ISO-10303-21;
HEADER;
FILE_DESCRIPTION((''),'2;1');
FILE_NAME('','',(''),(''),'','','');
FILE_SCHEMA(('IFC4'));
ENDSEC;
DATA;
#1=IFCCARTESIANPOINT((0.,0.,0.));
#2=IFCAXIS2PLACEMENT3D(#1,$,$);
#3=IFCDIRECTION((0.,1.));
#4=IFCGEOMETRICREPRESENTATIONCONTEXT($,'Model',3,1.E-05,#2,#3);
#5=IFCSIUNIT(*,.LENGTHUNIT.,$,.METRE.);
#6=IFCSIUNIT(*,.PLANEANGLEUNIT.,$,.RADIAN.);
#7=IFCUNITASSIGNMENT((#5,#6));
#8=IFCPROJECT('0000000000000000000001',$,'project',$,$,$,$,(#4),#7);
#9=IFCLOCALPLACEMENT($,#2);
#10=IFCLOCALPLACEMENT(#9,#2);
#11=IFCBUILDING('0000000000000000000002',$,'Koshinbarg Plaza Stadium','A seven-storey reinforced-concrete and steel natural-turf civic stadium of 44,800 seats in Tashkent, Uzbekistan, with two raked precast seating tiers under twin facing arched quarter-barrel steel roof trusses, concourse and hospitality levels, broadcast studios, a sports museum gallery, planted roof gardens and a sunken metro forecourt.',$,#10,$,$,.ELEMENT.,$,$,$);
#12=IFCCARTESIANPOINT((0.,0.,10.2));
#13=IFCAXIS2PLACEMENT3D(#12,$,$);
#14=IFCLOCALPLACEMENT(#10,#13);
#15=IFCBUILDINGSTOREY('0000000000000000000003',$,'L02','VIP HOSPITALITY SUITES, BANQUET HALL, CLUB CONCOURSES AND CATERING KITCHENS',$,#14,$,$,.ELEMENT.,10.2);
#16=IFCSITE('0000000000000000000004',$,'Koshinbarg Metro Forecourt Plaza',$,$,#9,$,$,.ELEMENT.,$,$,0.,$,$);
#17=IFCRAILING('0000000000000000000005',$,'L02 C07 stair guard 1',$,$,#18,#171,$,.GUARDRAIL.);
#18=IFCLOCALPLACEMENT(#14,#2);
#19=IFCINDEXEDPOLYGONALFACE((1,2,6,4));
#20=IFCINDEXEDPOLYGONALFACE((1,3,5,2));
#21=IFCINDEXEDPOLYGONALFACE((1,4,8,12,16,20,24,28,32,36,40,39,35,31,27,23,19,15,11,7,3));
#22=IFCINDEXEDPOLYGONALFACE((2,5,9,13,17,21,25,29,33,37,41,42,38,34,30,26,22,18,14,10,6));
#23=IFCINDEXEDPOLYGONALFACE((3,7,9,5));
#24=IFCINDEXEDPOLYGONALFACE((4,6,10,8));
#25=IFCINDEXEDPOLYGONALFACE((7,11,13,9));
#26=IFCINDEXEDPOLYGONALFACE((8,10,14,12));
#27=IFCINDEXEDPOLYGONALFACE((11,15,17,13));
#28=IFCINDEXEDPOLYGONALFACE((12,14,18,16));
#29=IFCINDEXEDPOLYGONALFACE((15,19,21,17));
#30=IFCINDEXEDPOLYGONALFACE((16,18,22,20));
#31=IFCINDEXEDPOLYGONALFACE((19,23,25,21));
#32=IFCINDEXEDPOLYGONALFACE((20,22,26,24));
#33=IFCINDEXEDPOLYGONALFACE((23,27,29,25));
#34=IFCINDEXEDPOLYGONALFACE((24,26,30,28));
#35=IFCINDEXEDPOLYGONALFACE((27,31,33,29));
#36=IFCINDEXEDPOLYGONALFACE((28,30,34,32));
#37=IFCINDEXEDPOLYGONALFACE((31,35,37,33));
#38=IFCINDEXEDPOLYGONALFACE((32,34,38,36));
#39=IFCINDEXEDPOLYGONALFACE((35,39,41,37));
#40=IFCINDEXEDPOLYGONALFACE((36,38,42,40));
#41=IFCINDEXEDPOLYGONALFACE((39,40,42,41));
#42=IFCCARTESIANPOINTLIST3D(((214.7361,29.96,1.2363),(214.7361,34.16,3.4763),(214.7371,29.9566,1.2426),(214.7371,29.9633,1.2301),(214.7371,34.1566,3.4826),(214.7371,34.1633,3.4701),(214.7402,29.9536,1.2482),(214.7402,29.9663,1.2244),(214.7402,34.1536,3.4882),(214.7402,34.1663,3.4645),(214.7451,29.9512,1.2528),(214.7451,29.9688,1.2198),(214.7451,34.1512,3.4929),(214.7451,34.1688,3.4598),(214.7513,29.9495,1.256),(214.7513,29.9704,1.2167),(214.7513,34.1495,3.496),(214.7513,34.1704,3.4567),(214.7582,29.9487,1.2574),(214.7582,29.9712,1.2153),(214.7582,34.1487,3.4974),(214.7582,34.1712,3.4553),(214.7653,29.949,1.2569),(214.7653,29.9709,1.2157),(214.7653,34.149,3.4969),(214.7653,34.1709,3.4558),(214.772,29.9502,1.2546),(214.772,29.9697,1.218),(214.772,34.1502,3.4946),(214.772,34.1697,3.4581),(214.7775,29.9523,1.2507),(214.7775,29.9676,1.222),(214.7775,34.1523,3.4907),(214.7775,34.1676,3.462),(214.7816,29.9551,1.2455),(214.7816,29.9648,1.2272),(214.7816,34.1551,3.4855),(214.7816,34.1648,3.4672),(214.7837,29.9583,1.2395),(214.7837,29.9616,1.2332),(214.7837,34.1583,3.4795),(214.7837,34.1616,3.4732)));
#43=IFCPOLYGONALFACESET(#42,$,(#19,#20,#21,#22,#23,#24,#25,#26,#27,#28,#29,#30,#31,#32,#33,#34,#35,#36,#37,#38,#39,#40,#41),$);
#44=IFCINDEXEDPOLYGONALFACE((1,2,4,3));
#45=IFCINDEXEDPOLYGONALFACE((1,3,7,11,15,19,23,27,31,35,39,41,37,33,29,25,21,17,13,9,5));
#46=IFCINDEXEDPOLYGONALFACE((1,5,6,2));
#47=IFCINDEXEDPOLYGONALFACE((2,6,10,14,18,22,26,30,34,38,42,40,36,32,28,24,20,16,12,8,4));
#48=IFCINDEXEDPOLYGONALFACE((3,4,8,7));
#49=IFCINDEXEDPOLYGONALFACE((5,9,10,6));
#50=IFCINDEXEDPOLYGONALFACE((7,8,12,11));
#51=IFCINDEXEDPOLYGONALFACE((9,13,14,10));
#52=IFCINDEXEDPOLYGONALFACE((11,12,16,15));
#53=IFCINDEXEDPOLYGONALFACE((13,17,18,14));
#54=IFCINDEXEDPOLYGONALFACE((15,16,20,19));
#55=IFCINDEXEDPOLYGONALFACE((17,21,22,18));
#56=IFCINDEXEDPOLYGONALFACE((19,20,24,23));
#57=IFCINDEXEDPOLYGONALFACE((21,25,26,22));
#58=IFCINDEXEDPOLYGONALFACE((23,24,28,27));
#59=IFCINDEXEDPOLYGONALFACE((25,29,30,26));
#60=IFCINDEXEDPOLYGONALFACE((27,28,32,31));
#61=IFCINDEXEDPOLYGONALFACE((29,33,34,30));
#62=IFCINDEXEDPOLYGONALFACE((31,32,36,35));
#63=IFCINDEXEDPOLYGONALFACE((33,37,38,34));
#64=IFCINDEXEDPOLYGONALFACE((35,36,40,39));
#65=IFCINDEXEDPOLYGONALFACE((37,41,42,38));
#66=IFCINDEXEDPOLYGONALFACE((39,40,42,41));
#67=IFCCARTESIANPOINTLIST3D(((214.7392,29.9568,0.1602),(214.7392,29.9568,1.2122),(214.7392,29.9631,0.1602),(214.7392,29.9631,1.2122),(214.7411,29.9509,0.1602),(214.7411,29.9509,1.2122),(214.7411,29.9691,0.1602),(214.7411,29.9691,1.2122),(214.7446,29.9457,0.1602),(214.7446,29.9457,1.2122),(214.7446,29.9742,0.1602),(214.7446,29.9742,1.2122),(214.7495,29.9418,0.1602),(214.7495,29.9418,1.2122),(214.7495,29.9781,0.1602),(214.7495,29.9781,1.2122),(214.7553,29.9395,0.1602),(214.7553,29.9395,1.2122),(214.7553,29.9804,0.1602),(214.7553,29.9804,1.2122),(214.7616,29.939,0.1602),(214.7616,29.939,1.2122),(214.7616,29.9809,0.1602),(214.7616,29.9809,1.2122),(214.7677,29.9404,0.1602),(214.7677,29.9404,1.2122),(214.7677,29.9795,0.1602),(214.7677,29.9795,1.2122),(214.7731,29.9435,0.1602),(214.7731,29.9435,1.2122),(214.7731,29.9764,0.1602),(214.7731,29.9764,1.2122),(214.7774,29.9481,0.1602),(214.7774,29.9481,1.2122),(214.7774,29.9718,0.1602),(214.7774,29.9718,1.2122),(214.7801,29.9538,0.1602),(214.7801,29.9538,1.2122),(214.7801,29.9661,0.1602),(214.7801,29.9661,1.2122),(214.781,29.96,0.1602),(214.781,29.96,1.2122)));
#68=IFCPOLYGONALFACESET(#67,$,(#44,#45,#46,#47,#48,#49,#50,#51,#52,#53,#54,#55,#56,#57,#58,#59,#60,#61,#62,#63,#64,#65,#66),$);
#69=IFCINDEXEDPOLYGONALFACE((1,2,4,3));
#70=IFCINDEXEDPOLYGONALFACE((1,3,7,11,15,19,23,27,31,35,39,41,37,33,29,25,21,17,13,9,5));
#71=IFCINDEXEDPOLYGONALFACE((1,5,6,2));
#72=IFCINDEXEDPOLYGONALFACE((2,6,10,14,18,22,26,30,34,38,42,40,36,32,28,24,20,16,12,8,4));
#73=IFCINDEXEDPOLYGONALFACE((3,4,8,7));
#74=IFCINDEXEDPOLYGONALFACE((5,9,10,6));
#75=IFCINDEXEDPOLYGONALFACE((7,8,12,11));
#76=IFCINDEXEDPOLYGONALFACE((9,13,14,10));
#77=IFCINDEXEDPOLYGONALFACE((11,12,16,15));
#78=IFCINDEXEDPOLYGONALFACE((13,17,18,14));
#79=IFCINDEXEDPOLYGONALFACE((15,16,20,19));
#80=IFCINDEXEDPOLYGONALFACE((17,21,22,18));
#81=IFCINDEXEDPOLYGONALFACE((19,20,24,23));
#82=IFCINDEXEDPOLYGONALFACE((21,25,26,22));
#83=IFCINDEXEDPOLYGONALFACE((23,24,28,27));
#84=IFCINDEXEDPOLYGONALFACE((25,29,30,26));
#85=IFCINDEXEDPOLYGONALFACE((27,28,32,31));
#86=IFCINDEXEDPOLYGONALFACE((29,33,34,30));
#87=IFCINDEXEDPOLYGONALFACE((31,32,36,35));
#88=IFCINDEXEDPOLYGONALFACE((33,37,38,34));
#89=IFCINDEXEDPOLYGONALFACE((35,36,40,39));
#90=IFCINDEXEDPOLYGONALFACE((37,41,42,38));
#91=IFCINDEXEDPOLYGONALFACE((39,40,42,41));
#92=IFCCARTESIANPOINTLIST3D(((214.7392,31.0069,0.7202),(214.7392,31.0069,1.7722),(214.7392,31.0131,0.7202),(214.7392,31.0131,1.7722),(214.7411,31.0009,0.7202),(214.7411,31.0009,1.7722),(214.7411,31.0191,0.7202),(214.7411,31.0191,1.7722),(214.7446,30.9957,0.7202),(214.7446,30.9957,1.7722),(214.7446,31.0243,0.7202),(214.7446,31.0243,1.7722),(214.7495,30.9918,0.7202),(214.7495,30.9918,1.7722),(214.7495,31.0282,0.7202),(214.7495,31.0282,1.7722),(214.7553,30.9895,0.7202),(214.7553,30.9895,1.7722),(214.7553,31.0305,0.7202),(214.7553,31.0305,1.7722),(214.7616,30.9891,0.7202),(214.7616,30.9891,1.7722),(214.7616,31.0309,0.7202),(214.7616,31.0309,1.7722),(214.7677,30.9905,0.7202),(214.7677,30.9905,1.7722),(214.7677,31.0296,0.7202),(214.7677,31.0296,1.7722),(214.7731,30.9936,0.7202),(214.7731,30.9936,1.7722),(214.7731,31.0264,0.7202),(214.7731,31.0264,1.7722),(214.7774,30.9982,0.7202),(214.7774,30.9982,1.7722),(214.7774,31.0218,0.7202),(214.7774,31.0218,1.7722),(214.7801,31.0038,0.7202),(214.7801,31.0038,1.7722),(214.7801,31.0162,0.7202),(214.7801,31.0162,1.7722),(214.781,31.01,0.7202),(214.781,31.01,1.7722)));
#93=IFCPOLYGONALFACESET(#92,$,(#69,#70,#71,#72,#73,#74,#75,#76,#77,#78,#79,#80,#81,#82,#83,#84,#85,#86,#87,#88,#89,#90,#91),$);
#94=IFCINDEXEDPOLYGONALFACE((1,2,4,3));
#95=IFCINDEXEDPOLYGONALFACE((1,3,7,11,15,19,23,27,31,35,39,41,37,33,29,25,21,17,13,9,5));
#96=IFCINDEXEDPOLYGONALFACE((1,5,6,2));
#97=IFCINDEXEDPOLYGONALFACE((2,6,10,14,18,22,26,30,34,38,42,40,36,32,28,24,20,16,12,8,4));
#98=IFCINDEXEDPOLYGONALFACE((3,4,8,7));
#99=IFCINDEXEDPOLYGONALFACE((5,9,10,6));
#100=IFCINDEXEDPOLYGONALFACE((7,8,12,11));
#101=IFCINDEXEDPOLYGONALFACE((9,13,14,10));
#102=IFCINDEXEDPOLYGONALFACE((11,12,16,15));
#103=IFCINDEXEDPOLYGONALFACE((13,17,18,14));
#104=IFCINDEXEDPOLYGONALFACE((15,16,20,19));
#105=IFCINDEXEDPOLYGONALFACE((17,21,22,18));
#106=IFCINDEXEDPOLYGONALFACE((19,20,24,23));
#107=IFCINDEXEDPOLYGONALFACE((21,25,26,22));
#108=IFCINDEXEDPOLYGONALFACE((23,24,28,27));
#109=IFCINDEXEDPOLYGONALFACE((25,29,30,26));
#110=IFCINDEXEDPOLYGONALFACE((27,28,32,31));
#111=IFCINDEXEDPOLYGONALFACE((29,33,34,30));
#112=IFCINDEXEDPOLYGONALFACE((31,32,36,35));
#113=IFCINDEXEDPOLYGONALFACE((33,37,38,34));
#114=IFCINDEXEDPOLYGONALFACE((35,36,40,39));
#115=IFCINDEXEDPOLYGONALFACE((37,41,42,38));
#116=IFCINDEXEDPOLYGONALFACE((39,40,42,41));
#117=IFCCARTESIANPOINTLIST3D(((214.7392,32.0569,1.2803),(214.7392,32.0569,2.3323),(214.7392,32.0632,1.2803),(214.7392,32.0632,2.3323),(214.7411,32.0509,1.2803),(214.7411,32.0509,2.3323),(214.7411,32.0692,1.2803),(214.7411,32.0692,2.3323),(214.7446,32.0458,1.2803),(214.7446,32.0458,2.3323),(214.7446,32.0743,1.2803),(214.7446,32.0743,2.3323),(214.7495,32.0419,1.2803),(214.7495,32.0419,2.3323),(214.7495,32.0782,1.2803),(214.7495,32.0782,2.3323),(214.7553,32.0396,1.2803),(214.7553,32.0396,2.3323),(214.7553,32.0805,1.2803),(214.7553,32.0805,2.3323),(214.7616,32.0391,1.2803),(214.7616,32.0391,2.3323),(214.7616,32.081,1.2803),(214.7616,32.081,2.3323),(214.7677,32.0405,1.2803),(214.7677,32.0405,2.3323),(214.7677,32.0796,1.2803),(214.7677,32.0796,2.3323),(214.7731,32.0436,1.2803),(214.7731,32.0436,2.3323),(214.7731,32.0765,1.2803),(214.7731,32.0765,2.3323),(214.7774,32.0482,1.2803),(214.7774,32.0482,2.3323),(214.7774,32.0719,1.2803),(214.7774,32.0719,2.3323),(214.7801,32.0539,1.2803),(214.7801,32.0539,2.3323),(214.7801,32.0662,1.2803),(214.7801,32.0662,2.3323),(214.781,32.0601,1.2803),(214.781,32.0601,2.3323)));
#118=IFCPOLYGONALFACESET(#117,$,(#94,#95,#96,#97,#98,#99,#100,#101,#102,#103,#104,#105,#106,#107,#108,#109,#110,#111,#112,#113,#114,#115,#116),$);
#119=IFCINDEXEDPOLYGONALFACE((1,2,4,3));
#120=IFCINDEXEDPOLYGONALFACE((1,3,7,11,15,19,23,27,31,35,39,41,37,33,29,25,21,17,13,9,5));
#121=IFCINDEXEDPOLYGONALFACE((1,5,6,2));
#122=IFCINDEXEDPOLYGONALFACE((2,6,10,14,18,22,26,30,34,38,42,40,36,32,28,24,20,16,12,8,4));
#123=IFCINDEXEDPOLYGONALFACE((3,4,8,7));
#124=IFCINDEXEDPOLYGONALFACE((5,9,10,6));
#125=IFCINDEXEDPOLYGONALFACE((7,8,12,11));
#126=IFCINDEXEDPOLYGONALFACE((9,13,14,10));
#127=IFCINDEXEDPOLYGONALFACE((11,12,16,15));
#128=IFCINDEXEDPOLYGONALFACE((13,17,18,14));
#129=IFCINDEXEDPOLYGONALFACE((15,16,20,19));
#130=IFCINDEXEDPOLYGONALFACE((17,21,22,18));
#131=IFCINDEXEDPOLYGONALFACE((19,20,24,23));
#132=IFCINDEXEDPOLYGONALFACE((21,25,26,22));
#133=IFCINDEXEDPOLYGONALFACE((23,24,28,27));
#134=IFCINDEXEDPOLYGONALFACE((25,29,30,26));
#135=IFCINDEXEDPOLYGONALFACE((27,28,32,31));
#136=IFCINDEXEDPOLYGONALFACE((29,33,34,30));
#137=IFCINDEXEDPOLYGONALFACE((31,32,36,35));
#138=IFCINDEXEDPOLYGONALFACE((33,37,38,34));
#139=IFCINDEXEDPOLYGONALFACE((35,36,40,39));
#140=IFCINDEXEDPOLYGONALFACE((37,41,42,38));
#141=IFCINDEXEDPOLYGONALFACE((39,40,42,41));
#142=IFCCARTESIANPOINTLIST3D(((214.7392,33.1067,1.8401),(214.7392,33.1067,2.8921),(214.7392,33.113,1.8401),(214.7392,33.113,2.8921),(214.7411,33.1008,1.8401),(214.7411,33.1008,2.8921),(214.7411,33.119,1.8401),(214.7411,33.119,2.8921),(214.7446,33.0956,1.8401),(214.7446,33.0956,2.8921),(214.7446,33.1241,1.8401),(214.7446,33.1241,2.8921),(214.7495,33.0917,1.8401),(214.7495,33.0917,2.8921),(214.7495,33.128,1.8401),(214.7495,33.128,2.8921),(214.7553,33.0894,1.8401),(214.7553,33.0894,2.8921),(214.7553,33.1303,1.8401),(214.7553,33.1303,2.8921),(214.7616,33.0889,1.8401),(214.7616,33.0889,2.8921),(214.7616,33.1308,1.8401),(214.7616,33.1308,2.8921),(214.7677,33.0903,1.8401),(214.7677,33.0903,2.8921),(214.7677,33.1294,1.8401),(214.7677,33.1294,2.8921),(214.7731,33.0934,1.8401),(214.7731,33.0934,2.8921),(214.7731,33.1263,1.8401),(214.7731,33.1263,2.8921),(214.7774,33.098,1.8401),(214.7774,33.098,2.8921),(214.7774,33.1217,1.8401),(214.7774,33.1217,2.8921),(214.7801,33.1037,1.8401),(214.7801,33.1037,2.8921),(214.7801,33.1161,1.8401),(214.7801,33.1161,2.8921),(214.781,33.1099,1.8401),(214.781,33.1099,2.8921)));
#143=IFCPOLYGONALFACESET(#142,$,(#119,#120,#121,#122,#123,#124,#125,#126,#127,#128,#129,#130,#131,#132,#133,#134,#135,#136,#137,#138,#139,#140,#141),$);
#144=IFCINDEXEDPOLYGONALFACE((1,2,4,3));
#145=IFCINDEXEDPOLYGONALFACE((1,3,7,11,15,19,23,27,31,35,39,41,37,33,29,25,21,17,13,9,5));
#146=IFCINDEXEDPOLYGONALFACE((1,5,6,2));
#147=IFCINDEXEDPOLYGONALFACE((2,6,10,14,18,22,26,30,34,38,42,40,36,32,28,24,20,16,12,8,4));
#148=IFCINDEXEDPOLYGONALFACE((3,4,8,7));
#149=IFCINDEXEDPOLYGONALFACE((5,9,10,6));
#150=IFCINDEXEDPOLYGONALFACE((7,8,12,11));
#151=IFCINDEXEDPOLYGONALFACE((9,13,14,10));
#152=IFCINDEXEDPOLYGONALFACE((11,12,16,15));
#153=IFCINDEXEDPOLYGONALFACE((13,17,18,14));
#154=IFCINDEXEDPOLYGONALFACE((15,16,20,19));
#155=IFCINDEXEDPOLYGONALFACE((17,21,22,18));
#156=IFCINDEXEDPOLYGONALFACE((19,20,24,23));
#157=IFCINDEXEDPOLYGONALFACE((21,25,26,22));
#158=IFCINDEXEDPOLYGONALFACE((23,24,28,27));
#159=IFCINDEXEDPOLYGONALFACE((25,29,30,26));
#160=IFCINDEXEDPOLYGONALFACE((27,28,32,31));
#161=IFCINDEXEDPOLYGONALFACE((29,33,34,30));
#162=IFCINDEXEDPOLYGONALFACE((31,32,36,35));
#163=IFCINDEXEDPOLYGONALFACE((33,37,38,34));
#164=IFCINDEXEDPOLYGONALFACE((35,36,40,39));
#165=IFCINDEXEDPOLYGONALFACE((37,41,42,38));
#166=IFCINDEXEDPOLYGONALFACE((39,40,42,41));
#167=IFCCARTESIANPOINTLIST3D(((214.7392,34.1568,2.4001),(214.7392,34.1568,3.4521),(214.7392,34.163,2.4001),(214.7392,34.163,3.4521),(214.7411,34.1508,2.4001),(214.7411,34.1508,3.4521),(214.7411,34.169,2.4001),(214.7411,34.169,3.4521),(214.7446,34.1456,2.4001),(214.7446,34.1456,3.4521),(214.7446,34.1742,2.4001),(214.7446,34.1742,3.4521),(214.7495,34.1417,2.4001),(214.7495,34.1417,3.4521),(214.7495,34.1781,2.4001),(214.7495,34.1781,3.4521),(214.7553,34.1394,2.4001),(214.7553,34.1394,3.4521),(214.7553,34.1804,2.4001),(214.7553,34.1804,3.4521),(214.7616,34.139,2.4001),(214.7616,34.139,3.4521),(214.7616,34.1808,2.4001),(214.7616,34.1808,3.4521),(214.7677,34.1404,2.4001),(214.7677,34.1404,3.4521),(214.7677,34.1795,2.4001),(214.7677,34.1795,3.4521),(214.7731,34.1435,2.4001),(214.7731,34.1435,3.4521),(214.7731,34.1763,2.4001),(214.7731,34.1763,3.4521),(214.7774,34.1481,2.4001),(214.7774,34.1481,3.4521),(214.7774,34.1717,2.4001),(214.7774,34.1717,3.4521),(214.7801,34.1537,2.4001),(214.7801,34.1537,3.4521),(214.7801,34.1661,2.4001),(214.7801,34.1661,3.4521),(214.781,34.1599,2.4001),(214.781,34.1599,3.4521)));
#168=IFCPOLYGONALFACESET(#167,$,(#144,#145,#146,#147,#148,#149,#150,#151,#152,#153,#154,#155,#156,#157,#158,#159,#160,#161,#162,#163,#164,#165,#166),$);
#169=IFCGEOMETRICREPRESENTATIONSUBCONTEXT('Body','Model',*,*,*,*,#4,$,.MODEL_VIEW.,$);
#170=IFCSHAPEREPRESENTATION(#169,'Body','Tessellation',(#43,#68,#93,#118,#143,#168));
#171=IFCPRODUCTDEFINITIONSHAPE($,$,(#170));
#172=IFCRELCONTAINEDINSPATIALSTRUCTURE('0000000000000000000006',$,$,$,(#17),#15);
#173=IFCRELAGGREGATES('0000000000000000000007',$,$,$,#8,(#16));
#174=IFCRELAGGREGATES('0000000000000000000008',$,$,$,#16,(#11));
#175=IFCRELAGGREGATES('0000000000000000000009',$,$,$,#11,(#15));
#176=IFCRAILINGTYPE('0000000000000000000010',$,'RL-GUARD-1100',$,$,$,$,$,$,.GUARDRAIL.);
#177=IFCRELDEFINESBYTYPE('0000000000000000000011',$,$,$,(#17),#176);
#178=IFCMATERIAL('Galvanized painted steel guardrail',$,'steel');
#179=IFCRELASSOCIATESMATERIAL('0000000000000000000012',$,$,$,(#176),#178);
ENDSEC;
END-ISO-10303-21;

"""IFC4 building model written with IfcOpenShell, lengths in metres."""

from ifc_helpers import new_model, si_unit, direction, frame, origin, origin_2d, place, context, subcontext, project, spatial, circle, extrude, material, type_object, element, save


model = new_model("IFC4")

# Units and contexts
model_context = context("Model", 3, precision=1e-05, world=origin(), true_north=direction((0.0, 1.0)))
body_context = subcontext(model_context, "Body", "Model", "MODEL_VIEW")
ifc_project = project(units=[si_unit("LENGTHUNIT", "METRE"), si_unit("PLANEANGLEUNIT", "RADIAN")], contexts=[model_context])

# Site, building, storey
site_placement = place(None, origin())
site = spatial("IfcSite", under=ifc_project, at=site_placement, Name="Koshinbarg Metro Forecourt Plaza", CompositionType="ELEMENT", RefElevation=0.0)
building_placement = place(site_placement, origin())
building = spatial("IfcBuilding", under=site, at=building_placement, Name="Koshinbarg Plaza Stadium", Description="A seven-storey reinforced-concrete and steel natural-turf civic stadium of 44,800 seats in Tashkent, Uzbekistan, with two raked precast seating tiers under twin facing arched quarter-barrel steel roof trusses, concourse and hospitality levels, broadcast studios, a sports museum gallery, planted roof gardens and a sunken metro forecourt.", CompositionType="ELEMENT")
storey_placement = place(building_placement, frame((0.0, 0.0, 10.2)))
storey = spatial("IfcBuildingStorey", under=building, at=storey_placement, Name="L02", Description="VIP HOSPITALITY SUITES, BANQUET HALL, CLUB CONCOURSES AND CATERING KITCHENS", CompositionType="ELEMENT", Elevation=10.2)

# Railing
ifc_material_1 = material(Name="Galvanized painted steel guardrail", Category="steel")
railing_type_1 = type_object("IfcRailingType", Name="RL-GUARD-1100", PredefinedType="GUARDRAIL", material=ifc_material_1)
railing_1_placement = place(storey_placement, frame((214.76, 29.96, 0.1602)))
element("IfcRailing", 1, at=railing_1_placement, inside=storey, type_object=railing_type_1, Name="L02 C07 stair guard 1", PredefinedType="GUARDRAIL", context=body_context, shape_type="SweptSolid", body=[
    extrude(circle(Radius=0.0239, at=origin_2d()), frame((0.0, 0.0, 1.0762), z_axis=(0.0, 0.882352, 0.470591), x_axis=(-1.0, 0.0, 0.0)), (0.0, 0.0, 1.0), 4.76),
    extrude(circle(Radius=0.021, at=origin_2d()), origin(), (0.0, 0.0, 1.0), 1.052),
    extrude(circle(Radius=0.021, at=origin_2d()), frame((0.0, 1.05, 0.5601)), (0.0, 0.0, 1.0), 1.052),
    extrude(circle(Radius=0.021, at=origin_2d()), frame((0.0, 2.1001, 1.1201)), (0.0, 0.0, 1.0), 1.052),
    extrude(circle(Radius=0.021, at=origin_2d()), frame((0.0, 3.1499, 1.6799)), (0.0, 0.0, 1.0), 1.052),
    extrude(circle(Radius=0.021, at=origin_2d()), frame((0.0, 4.2, 2.24)), (0.0, 0.0, 1.0), 1.052),
])

save(model, "model.ifc")
